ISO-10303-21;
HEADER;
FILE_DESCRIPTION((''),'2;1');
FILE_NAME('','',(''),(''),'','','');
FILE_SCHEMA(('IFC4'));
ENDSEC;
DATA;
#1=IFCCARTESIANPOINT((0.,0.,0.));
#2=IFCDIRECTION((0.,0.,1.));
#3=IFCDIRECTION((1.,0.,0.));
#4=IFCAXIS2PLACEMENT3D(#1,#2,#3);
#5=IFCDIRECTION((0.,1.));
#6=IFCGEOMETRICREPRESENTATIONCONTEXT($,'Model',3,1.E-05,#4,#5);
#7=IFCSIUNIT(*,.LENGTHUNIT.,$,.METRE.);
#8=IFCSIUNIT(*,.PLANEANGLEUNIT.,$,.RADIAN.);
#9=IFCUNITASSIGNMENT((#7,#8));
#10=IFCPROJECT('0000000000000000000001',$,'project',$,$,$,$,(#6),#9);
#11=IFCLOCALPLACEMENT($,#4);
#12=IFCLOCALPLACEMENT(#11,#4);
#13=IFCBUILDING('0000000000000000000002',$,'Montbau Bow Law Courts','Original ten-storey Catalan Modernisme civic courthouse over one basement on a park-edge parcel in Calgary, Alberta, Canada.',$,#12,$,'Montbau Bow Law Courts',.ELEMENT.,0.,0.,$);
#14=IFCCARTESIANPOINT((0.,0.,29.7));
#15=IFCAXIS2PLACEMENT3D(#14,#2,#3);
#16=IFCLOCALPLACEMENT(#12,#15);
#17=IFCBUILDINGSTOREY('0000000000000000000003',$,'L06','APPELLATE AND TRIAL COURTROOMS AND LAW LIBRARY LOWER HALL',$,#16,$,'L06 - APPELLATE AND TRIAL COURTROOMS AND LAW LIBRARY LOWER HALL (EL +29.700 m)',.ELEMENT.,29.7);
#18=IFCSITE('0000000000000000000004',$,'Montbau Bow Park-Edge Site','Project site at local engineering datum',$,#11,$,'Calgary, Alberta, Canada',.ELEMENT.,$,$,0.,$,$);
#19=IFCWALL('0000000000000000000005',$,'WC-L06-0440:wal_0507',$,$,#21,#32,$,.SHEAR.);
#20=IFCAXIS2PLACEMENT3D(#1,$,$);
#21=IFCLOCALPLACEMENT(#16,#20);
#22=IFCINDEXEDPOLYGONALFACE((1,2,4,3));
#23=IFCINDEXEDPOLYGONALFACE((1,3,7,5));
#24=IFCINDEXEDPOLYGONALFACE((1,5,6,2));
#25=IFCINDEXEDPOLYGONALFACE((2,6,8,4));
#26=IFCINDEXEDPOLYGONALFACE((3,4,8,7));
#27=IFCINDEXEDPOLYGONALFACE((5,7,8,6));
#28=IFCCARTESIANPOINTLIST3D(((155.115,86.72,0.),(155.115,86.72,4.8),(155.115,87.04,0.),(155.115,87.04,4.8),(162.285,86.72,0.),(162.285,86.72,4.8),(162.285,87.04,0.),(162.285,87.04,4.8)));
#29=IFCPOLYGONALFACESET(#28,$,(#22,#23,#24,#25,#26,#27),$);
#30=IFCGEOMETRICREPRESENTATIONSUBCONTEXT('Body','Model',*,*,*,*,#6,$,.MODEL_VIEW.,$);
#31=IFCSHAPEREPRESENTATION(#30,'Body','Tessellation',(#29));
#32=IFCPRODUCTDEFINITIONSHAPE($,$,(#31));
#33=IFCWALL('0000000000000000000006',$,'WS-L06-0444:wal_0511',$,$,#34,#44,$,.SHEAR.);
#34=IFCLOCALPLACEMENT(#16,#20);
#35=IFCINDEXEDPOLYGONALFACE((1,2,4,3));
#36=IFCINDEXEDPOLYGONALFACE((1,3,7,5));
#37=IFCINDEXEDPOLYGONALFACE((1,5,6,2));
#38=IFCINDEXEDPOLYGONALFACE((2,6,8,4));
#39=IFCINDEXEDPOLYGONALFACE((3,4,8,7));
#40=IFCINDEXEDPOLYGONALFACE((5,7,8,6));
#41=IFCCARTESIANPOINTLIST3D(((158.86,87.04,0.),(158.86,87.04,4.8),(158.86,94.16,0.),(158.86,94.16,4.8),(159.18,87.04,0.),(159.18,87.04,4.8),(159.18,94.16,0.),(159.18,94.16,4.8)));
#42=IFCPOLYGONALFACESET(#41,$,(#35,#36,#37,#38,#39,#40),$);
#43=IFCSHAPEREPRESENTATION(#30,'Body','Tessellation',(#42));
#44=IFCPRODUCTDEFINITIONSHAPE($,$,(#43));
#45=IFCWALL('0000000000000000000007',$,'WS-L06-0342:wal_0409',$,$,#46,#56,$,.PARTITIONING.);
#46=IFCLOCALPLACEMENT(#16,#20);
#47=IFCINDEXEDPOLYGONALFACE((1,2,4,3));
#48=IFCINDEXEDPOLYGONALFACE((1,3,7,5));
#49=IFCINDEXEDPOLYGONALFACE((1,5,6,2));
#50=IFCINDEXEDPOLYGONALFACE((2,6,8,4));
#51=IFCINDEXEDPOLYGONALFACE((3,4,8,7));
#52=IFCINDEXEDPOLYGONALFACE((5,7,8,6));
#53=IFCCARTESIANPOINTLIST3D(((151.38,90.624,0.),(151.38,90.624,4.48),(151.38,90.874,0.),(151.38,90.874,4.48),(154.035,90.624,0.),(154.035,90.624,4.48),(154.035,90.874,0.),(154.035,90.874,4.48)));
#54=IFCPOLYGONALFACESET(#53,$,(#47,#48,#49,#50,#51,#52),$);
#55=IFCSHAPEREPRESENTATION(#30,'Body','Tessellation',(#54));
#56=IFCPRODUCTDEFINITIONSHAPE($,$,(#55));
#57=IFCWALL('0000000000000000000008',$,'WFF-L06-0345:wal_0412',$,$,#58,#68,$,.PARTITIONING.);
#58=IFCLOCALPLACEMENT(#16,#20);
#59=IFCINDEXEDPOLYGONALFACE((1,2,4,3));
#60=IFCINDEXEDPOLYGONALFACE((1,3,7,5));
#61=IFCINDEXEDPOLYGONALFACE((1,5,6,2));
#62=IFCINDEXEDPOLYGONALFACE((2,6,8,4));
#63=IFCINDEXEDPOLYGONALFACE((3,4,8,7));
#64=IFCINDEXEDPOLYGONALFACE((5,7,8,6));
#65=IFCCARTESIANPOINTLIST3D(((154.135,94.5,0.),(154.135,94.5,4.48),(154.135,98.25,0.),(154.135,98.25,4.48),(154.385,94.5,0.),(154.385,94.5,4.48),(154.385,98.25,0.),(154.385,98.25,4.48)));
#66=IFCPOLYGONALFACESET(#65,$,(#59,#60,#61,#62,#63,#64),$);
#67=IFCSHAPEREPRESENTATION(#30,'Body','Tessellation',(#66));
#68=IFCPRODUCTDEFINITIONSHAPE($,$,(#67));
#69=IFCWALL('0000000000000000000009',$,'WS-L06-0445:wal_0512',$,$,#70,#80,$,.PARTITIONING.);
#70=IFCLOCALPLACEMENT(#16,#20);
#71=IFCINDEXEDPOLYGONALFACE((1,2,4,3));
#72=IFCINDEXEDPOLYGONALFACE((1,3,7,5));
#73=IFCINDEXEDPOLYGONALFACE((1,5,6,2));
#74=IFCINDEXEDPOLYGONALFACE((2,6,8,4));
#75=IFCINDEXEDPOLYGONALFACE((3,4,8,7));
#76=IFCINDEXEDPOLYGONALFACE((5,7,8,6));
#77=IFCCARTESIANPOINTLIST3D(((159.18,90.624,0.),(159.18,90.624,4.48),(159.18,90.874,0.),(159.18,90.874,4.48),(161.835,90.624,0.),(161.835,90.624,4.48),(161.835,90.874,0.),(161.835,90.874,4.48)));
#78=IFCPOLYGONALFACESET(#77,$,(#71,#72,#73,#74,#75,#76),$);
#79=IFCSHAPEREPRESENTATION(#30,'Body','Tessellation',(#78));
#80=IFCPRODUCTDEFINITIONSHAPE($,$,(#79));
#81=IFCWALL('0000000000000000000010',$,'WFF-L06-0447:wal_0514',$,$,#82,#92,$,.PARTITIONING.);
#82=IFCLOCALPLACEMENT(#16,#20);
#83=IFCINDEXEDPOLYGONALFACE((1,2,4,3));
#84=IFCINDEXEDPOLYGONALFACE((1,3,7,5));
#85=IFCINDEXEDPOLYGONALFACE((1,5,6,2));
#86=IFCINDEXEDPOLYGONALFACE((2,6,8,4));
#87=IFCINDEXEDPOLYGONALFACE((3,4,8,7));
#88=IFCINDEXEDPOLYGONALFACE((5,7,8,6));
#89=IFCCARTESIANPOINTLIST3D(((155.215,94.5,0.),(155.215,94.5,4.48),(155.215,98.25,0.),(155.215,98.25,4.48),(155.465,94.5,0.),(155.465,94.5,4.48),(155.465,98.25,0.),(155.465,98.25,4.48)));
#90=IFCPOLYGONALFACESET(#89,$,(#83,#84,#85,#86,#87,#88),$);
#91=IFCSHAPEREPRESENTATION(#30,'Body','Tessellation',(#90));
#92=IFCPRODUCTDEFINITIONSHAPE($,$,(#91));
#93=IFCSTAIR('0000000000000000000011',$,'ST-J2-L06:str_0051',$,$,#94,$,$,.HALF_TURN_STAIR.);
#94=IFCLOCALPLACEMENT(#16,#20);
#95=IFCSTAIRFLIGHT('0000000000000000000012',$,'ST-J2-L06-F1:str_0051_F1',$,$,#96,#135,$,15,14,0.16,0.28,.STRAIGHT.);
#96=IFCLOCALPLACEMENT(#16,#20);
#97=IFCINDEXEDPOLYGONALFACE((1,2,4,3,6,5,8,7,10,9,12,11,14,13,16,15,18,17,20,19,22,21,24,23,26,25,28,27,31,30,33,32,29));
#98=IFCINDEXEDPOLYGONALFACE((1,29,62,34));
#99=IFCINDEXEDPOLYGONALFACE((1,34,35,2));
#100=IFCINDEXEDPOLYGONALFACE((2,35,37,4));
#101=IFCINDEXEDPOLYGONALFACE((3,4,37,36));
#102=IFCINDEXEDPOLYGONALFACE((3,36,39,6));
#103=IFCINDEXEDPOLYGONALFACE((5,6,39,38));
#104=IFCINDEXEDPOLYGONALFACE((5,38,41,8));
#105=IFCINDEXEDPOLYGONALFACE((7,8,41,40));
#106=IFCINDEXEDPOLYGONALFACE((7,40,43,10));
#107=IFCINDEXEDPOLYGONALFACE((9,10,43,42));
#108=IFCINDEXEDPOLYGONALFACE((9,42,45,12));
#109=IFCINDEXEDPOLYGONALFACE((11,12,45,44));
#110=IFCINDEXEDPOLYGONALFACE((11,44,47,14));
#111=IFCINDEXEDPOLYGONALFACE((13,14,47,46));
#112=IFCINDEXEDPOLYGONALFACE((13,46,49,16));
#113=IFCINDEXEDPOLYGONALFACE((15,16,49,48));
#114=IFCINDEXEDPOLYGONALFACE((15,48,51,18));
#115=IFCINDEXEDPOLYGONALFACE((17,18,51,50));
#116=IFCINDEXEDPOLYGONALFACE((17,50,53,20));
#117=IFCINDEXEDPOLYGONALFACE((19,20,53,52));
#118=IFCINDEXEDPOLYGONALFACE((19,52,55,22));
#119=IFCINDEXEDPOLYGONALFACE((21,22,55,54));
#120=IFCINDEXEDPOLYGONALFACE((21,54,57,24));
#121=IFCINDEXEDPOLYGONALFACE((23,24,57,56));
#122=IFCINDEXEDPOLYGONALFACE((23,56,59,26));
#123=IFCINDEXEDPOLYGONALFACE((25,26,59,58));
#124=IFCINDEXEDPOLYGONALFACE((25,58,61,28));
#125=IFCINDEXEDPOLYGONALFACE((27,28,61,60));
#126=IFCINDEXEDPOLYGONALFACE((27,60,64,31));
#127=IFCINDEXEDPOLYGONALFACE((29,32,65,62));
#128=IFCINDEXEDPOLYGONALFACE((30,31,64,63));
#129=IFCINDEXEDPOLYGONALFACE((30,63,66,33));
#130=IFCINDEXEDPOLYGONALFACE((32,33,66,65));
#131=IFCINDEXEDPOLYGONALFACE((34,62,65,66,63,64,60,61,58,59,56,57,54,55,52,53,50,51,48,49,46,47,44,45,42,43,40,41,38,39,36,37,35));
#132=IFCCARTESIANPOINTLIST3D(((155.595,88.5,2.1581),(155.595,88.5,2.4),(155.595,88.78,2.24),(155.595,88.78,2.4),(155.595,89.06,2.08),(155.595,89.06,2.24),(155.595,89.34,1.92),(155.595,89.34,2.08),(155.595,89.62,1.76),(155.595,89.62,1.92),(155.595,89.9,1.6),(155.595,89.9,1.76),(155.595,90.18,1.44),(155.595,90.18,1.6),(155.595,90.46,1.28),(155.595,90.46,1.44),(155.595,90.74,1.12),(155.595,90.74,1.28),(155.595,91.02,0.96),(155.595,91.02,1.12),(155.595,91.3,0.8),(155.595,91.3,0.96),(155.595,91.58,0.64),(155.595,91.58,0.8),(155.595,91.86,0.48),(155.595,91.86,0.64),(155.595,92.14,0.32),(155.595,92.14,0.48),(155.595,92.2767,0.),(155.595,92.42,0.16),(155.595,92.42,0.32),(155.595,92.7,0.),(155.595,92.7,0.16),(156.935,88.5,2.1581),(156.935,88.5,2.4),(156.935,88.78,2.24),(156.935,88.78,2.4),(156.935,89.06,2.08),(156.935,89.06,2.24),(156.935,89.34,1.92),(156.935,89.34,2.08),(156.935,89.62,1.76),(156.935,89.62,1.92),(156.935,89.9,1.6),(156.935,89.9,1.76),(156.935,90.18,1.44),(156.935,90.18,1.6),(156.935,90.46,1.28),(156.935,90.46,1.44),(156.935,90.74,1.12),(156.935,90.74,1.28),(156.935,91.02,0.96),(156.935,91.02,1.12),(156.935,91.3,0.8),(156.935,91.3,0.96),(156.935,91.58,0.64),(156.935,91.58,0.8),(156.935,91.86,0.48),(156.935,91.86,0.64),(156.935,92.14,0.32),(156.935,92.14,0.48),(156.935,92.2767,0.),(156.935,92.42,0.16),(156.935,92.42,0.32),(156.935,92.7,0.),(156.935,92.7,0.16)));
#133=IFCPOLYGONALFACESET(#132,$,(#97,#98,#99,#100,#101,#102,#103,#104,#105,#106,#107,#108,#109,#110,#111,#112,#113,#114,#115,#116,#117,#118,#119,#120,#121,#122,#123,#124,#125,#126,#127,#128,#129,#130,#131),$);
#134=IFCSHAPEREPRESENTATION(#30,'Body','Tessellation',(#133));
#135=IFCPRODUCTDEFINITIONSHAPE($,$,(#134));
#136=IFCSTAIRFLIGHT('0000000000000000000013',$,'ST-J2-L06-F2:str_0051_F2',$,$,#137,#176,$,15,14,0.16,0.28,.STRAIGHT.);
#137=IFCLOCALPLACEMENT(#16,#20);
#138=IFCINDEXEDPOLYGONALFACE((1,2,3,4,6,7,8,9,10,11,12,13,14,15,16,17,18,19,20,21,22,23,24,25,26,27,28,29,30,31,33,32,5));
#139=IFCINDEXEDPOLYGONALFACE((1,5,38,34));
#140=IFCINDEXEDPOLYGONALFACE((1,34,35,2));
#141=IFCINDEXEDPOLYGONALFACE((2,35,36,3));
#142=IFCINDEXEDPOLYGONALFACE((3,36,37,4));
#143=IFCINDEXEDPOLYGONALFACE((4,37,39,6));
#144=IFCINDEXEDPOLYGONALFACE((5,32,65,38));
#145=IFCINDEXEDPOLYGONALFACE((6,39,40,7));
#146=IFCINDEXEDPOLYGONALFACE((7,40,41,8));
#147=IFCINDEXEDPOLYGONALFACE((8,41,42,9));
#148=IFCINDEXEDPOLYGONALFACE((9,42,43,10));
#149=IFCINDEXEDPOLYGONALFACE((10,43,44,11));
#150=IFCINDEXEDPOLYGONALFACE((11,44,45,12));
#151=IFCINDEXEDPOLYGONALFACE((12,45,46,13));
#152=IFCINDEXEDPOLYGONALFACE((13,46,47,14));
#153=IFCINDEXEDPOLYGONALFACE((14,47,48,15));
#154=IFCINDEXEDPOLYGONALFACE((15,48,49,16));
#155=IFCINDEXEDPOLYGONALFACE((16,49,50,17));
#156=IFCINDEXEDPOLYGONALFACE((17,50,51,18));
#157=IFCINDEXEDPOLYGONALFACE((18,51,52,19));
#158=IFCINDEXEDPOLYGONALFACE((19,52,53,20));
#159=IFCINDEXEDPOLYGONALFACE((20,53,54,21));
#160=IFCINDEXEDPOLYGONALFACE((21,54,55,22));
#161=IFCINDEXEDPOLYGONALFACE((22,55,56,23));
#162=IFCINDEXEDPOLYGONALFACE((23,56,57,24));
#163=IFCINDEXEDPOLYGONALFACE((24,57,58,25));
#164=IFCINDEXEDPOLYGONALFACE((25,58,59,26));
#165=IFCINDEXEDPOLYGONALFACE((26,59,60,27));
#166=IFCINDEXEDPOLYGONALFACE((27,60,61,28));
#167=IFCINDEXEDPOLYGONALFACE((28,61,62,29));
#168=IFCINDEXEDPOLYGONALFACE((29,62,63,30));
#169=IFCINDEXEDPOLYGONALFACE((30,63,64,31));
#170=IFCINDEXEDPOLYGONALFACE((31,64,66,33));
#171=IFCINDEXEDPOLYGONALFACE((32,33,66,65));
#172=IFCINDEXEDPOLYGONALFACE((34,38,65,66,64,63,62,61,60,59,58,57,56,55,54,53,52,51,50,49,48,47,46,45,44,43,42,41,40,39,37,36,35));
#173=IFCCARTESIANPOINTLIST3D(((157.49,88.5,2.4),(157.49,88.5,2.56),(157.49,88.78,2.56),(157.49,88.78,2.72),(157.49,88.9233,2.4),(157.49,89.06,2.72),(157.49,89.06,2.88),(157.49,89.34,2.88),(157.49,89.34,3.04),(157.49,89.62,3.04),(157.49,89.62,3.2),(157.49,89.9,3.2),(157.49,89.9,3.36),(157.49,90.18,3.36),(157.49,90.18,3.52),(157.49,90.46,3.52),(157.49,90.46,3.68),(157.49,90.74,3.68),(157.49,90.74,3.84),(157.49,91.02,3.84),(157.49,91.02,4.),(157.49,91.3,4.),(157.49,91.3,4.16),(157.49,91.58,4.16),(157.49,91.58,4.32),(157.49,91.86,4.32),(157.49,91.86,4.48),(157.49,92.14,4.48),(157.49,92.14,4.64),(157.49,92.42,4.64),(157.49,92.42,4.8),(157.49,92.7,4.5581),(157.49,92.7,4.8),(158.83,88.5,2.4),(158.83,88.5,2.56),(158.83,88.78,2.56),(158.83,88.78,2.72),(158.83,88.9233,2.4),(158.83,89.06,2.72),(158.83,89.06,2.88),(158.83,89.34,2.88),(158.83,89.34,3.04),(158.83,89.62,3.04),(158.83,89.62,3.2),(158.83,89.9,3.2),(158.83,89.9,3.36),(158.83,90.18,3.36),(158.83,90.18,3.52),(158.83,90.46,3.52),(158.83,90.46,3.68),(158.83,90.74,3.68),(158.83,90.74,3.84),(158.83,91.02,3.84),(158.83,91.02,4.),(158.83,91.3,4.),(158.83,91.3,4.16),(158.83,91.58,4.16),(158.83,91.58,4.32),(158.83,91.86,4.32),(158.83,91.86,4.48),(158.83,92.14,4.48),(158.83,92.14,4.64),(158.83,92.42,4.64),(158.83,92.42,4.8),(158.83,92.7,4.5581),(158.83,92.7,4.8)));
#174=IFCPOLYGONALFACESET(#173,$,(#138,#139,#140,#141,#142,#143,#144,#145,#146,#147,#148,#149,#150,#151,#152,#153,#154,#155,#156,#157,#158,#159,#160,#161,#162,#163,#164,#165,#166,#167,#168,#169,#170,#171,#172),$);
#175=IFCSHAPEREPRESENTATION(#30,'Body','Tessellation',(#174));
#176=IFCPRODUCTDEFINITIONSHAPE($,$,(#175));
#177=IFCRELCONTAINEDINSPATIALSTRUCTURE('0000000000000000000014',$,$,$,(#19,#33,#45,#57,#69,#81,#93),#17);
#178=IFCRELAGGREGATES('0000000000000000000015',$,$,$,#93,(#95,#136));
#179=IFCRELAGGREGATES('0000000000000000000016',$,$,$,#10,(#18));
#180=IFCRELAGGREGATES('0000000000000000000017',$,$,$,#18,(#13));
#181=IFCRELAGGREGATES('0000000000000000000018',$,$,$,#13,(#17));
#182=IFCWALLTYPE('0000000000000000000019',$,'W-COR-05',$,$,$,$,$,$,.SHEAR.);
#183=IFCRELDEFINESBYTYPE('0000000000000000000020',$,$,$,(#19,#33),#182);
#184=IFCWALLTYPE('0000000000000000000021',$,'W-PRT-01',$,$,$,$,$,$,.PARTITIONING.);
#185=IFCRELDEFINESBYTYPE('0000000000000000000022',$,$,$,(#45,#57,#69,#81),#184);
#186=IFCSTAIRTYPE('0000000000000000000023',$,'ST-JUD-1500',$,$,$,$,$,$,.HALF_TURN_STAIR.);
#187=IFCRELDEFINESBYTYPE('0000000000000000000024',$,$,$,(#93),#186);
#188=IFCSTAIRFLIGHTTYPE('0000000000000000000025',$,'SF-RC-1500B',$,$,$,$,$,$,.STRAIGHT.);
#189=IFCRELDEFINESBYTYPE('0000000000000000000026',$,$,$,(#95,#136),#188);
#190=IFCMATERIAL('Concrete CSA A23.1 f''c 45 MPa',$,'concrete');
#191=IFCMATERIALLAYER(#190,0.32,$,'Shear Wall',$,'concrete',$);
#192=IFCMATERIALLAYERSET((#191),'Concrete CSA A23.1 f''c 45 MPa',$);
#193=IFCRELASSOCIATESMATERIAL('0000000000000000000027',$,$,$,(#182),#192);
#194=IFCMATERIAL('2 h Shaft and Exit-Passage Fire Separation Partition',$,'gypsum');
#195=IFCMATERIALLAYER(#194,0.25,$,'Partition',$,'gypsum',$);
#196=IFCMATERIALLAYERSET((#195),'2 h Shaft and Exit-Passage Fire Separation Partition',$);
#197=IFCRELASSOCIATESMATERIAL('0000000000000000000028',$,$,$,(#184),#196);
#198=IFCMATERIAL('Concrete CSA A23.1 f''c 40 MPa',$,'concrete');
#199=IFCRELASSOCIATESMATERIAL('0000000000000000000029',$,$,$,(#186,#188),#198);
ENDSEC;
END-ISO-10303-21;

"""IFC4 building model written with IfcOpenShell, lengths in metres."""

from ifc_helpers import new_model, si_unit, direction, frame, frame_2d, origin_with_axes, place, context, subcontext, project, spatial, polyline, rectangle, outline, extrude, material, layer, layer_set, type_object, element, aggregate, save


model = new_model("IFC4")

# Units and contexts
model_context = context("Model", 3, precision=1e-05, world=origin_with_axes(), true_north=direction((0.0, 1.0)))
body_context = subcontext(model_context, "Body", "Model", "MODEL_VIEW")
ifc_project = project(units=[si_unit("LENGTHUNIT", "METRE"), si_unit("PLANEANGLEUNIT", "RADIAN")], contexts=[model_context])

# Site, building, storey
site_placement = place(None, origin_with_axes())
site = spatial("IfcSite", under=ifc_project, at=site_placement, Name="Montbau Bow Park-Edge Site", Description="Project site at local engineering datum", LongName="Calgary, Alberta, Canada", CompositionType="ELEMENT", RefElevation=0.0)
building_placement = place(site_placement, origin_with_axes())
building = spatial("IfcBuilding", under=site, at=building_placement, Name="Montbau Bow Law Courts", Description="Original ten-storey Catalan Modernisme civic courthouse over one basement on a park-edge parcel in Calgary, Alberta, Canada.", LongName="Montbau Bow Law Courts", CompositionType="ELEMENT", ElevationOfRefHeight=0.0, ElevationOfTerrain=0.0)
storey_placement = place(building_placement, frame((0.0, 0.0, 29.7), z_axis=(0.0, 0.0, 1.0), x_axis=(1.0, 0.0, 0.0)))
storey = spatial("IfcBuildingStorey", under=building, at=storey_placement, Name="L06", Description="APPELLATE AND TRIAL COURTROOMS AND LAW LIBRARY LOWER HALL", LongName="L06 - APPELLATE AND TRIAL COURTROOMS AND LAW LIBRARY LOWER HALL (EL +29.700 m)", CompositionType="ELEMENT", Elevation=29.7)

# Shared definitions
ifc_material_1 = material(Name="Concrete CSA A23.1 f'c 45 MPa", Category="concrete")

# Shared definitions
ifc_layer_1 = layer(ifc_material_1, 0.32, Name="Shear Wall", Category="concrete")
ifc_layer_set_1 = layer_set([ifc_layer_1], Name="Concrete CSA A23.1 f'c 45 MPa")
wall_type_1 = type_object("IfcWallType", Name="W-COR-05", PredefinedType="SHEAR", material=ifc_layer_set_1)

# Walls
wall_1_placement = place(None, frame((155.115, 86.88, 29.7), z_axis=(0.0, 0.0, 1.0), x_axis=(1.0, 0.0, 0.0)))
element("IfcWall", 1, at=wall_1_placement, inside=storey, type_object=wall_type_1, Name="WC-L06-0440:wal_0507", PredefinedType="SHEAR", context=body_context, shape_type="SweptSolid", body=[
    extrude(rectangle(XDim=7.17, YDim=0.32, at=frame_2d((3.585, 0.0), x_axis=(1.0, 0.0))), origin_with_axes(), (0.0, 0.0, 1.0), 4.8),
])
wall_2_placement = place(None, frame((159.02, 87.04, 29.7), z_axis=(0.0, 0.0, 1.0), x_axis=(0.0, 1.0, 0.0)))
element("IfcWall", 2, at=wall_2_placement, inside=storey, type_object=wall_type_1, Name="WS-L06-0444:wal_0511", PredefinedType="SHEAR", context=body_context, shape_type="SweptSolid", body=[
    extrude(rectangle(XDim=7.12, YDim=0.32, at=frame_2d((3.56, 0.0), x_axis=(1.0, 0.0))), origin_with_axes(), (0.0, 0.0, 1.0), 4.8),
])
ifc_material_2 = material(Name="2 h Shaft and Exit-Passage Fire Separation Partition", Category="gypsum")
ifc_layer_2 = layer(ifc_material_2, 0.25, Name="Partition", Category="gypsum")
ifc_layer_set_2 = layer_set([ifc_layer_2], Name="2 h Shaft and Exit-Passage Fire Separation Partition")
wall_type_2 = type_object("IfcWallType", Name="W-PRT-01", PredefinedType="PARTITIONING", material=ifc_layer_set_2)
wall_3_placement = place(None, frame((151.38, 90.749, 29.7), z_axis=(0.0, 0.0, 1.0), x_axis=(1.0, 0.0, 0.0)))
element("IfcWall", 3, at=wall_3_placement, inside=storey, type_object=wall_type_2, Name="WS-L06-0342:wal_0409", PredefinedType="PARTITIONING", context=body_context, shape_type="SweptSolid", body=[
    extrude(rectangle(XDim=2.655, YDim=0.25, at=frame_2d((1.3275, 0.0), x_axis=(1.0, 0.0))), origin_with_axes(), (0.0, 0.0, 1.0), 4.48),
])
wall_4_placement = place(None, frame((154.26, 94.5, 29.7), z_axis=(0.0, 0.0, 1.0), x_axis=(0.0, 1.0, 0.0)))
element("IfcWall", 4, at=wall_4_placement, inside=storey, type_object=wall_type_2, Name="WFF-L06-0345:wal_0412", PredefinedType="PARTITIONING", context=body_context, shape_type="SweptSolid", body=[
    extrude(rectangle(XDim=3.75, YDim=0.25, at=frame_2d((1.875, 0.0), x_axis=(1.0, 0.0))), origin_with_axes(), (0.0, 0.0, 1.0), 4.48),
])
wall_5_placement = place(None, frame((159.18, 90.749, 29.7), z_axis=(0.0, 0.0, 1.0), x_axis=(1.0, 0.0, 0.0)))
element("IfcWall", 5, at=wall_5_placement, inside=storey, type_object=wall_type_2, Name="WS-L06-0445:wal_0512", PredefinedType="PARTITIONING", context=body_context, shape_type="SweptSolid", body=[
    extrude(rectangle(XDim=2.655, YDim=0.25, at=frame_2d((1.3275, 0.0), x_axis=(1.0, 0.0))), origin_with_axes(), (0.0, 0.0, 1.0), 4.48),
])
wall_6_placement = place(None, frame((155.34, 94.5, 29.7), z_axis=(0.0, 0.0, 1.0), x_axis=(0.0, 1.0, 0.0)))
element("IfcWall", 6, at=wall_6_placement, inside=storey, type_object=wall_type_2, Name="WFF-L06-0447:wal_0514", PredefinedType="PARTITIONING", context=body_context, shape_type="SweptSolid", body=[
    extrude(rectangle(XDim=3.75, YDim=0.25, at=frame_2d((1.875, 0.0), x_axis=(1.0, 0.0))), origin_with_axes(), (0.0, 0.0, 1.0), 4.48),
])

# Stair, stair flights
ifc_material_3 = material(Name="Concrete CSA A23.1 f'c 40 MPa", Category="concrete")
stair_type_1 = type_object("IfcStairType", Name="ST-JUD-1500", PredefinedType="HALF_TURN_STAIR", material=ifc_material_3)
stair_1_placement = place(None, frame((156.265, 92.7, 29.7), z_axis=(0.0, 0.0, 1.0), x_axis=(1.0, 0.0, 0.0)))
stair_1 = element("IfcStair", 7, at=stair_1_placement, inside=storey, type_object=stair_type_1, Name="ST-J2-L06:str_0051", PredefinedType="HALF_TURN_STAIR")
stair_flight_type_1 = type_object("IfcStairFlightType", Name="SF-RC-1500B", PredefinedType="STRAIGHT", material=ifc_material_3)
stair_flight_1_placement = place(None, frame((156.265, 92.7, 29.7), z_axis=(0.0, 0.0, 1.0), x_axis=(0.0, -1.0, 0.0)))
stair_flight_1 = element("IfcStairFlight", 8, at=stair_flight_1_placement, type_object=stair_flight_type_1, Name="ST-J2-L06-F1:str_0051_F1", NumberOfRisers=15, NumberOfTreads=14, PredefinedType="STRAIGHT", RiserHeight=0.16, TreadLength=0.28, context=body_context, shape_type="SweptSolid", body=[
    extrude(outline(polyline([(0.0, 0.0), (0.0, 0.16), (0.28, 0.16), (0.28, 0.32), (0.56, 0.32), (0.56, 0.48), (0.84, 0.48), (0.84, 0.64), (1.12, 0.64), (1.12, 0.8), (1.4, 0.8), (1.4, 0.96), (1.68, 0.96), (1.68, 1.12), (1.96, 1.12), (1.96, 1.28), (2.24, 1.28), (2.24, 1.44), (2.52, 1.44), (2.52, 1.6), (2.8, 1.6), (2.8, 1.76), (3.08, 1.76), (3.08, 1.92), (3.36, 1.92), (3.36, 2.08), (3.64, 2.08), (3.64, 2.24), (3.92, 2.24), (3.92, 2.4), (4.2, 2.4), (4.2, 2.1581), (0.4233, 0.0), (0.0, 0.0)])), frame((0.0, 0.67, 0.0), z_axis=(0.0, -1.0, 0.0), x_axis=(1.0, 0.0, 0.0)), (0.0, 0.0, 1.0), 1.34),
])
stair_flight_2_placement = place(None, frame((158.16, 88.5, 32.1), z_axis=(0.0, 0.0, 1.0), x_axis=(0.0, 1.0, 0.0)))
stair_flight_2 = element("IfcStairFlight", 9, at=stair_flight_2_placement, type_object=stair_flight_type_1, Name="ST-J2-L06-F2:str_0051_F2", NumberOfRisers=15, NumberOfTreads=14, PredefinedType="STRAIGHT", RiserHeight=0.16, TreadLength=0.28, context=body_context, shape_type="SweptSolid", body=[
    extrude(outline(polyline([(0.0, 0.0), (0.0, 0.16), (0.28, 0.16), (0.28, 0.32), (0.56, 0.32), (0.56, 0.48), (0.84, 0.48), (0.84, 0.64), (1.12, 0.64), (1.12, 0.8), (1.4, 0.8), (1.4, 0.96), (1.68, 0.96), (1.68, 1.12), (1.96, 1.12), (1.96, 1.28), (2.24, 1.28), (2.24, 1.44), (2.52, 1.44), (2.52, 1.6), (2.8, 1.6), (2.8, 1.76), (3.08, 1.76), (3.08, 1.92), (3.36, 1.92), (3.36, 2.08), (3.64, 2.08), (3.64, 2.24), (3.92, 2.24), (3.92, 2.4), (4.2, 2.4), (4.2, 2.1581), (0.4233, 0.0), (0.0, 0.0)])), frame((0.0, 0.67, 0.0), z_axis=(0.0, -1.0, 0.0), x_axis=(1.0, 0.0, 0.0)), (0.0, 0.0, 1.0), 1.34),
])
aggregate(stair_1, [stair_flight_1, stair_flight_2])

save(model, "model.ifc")
